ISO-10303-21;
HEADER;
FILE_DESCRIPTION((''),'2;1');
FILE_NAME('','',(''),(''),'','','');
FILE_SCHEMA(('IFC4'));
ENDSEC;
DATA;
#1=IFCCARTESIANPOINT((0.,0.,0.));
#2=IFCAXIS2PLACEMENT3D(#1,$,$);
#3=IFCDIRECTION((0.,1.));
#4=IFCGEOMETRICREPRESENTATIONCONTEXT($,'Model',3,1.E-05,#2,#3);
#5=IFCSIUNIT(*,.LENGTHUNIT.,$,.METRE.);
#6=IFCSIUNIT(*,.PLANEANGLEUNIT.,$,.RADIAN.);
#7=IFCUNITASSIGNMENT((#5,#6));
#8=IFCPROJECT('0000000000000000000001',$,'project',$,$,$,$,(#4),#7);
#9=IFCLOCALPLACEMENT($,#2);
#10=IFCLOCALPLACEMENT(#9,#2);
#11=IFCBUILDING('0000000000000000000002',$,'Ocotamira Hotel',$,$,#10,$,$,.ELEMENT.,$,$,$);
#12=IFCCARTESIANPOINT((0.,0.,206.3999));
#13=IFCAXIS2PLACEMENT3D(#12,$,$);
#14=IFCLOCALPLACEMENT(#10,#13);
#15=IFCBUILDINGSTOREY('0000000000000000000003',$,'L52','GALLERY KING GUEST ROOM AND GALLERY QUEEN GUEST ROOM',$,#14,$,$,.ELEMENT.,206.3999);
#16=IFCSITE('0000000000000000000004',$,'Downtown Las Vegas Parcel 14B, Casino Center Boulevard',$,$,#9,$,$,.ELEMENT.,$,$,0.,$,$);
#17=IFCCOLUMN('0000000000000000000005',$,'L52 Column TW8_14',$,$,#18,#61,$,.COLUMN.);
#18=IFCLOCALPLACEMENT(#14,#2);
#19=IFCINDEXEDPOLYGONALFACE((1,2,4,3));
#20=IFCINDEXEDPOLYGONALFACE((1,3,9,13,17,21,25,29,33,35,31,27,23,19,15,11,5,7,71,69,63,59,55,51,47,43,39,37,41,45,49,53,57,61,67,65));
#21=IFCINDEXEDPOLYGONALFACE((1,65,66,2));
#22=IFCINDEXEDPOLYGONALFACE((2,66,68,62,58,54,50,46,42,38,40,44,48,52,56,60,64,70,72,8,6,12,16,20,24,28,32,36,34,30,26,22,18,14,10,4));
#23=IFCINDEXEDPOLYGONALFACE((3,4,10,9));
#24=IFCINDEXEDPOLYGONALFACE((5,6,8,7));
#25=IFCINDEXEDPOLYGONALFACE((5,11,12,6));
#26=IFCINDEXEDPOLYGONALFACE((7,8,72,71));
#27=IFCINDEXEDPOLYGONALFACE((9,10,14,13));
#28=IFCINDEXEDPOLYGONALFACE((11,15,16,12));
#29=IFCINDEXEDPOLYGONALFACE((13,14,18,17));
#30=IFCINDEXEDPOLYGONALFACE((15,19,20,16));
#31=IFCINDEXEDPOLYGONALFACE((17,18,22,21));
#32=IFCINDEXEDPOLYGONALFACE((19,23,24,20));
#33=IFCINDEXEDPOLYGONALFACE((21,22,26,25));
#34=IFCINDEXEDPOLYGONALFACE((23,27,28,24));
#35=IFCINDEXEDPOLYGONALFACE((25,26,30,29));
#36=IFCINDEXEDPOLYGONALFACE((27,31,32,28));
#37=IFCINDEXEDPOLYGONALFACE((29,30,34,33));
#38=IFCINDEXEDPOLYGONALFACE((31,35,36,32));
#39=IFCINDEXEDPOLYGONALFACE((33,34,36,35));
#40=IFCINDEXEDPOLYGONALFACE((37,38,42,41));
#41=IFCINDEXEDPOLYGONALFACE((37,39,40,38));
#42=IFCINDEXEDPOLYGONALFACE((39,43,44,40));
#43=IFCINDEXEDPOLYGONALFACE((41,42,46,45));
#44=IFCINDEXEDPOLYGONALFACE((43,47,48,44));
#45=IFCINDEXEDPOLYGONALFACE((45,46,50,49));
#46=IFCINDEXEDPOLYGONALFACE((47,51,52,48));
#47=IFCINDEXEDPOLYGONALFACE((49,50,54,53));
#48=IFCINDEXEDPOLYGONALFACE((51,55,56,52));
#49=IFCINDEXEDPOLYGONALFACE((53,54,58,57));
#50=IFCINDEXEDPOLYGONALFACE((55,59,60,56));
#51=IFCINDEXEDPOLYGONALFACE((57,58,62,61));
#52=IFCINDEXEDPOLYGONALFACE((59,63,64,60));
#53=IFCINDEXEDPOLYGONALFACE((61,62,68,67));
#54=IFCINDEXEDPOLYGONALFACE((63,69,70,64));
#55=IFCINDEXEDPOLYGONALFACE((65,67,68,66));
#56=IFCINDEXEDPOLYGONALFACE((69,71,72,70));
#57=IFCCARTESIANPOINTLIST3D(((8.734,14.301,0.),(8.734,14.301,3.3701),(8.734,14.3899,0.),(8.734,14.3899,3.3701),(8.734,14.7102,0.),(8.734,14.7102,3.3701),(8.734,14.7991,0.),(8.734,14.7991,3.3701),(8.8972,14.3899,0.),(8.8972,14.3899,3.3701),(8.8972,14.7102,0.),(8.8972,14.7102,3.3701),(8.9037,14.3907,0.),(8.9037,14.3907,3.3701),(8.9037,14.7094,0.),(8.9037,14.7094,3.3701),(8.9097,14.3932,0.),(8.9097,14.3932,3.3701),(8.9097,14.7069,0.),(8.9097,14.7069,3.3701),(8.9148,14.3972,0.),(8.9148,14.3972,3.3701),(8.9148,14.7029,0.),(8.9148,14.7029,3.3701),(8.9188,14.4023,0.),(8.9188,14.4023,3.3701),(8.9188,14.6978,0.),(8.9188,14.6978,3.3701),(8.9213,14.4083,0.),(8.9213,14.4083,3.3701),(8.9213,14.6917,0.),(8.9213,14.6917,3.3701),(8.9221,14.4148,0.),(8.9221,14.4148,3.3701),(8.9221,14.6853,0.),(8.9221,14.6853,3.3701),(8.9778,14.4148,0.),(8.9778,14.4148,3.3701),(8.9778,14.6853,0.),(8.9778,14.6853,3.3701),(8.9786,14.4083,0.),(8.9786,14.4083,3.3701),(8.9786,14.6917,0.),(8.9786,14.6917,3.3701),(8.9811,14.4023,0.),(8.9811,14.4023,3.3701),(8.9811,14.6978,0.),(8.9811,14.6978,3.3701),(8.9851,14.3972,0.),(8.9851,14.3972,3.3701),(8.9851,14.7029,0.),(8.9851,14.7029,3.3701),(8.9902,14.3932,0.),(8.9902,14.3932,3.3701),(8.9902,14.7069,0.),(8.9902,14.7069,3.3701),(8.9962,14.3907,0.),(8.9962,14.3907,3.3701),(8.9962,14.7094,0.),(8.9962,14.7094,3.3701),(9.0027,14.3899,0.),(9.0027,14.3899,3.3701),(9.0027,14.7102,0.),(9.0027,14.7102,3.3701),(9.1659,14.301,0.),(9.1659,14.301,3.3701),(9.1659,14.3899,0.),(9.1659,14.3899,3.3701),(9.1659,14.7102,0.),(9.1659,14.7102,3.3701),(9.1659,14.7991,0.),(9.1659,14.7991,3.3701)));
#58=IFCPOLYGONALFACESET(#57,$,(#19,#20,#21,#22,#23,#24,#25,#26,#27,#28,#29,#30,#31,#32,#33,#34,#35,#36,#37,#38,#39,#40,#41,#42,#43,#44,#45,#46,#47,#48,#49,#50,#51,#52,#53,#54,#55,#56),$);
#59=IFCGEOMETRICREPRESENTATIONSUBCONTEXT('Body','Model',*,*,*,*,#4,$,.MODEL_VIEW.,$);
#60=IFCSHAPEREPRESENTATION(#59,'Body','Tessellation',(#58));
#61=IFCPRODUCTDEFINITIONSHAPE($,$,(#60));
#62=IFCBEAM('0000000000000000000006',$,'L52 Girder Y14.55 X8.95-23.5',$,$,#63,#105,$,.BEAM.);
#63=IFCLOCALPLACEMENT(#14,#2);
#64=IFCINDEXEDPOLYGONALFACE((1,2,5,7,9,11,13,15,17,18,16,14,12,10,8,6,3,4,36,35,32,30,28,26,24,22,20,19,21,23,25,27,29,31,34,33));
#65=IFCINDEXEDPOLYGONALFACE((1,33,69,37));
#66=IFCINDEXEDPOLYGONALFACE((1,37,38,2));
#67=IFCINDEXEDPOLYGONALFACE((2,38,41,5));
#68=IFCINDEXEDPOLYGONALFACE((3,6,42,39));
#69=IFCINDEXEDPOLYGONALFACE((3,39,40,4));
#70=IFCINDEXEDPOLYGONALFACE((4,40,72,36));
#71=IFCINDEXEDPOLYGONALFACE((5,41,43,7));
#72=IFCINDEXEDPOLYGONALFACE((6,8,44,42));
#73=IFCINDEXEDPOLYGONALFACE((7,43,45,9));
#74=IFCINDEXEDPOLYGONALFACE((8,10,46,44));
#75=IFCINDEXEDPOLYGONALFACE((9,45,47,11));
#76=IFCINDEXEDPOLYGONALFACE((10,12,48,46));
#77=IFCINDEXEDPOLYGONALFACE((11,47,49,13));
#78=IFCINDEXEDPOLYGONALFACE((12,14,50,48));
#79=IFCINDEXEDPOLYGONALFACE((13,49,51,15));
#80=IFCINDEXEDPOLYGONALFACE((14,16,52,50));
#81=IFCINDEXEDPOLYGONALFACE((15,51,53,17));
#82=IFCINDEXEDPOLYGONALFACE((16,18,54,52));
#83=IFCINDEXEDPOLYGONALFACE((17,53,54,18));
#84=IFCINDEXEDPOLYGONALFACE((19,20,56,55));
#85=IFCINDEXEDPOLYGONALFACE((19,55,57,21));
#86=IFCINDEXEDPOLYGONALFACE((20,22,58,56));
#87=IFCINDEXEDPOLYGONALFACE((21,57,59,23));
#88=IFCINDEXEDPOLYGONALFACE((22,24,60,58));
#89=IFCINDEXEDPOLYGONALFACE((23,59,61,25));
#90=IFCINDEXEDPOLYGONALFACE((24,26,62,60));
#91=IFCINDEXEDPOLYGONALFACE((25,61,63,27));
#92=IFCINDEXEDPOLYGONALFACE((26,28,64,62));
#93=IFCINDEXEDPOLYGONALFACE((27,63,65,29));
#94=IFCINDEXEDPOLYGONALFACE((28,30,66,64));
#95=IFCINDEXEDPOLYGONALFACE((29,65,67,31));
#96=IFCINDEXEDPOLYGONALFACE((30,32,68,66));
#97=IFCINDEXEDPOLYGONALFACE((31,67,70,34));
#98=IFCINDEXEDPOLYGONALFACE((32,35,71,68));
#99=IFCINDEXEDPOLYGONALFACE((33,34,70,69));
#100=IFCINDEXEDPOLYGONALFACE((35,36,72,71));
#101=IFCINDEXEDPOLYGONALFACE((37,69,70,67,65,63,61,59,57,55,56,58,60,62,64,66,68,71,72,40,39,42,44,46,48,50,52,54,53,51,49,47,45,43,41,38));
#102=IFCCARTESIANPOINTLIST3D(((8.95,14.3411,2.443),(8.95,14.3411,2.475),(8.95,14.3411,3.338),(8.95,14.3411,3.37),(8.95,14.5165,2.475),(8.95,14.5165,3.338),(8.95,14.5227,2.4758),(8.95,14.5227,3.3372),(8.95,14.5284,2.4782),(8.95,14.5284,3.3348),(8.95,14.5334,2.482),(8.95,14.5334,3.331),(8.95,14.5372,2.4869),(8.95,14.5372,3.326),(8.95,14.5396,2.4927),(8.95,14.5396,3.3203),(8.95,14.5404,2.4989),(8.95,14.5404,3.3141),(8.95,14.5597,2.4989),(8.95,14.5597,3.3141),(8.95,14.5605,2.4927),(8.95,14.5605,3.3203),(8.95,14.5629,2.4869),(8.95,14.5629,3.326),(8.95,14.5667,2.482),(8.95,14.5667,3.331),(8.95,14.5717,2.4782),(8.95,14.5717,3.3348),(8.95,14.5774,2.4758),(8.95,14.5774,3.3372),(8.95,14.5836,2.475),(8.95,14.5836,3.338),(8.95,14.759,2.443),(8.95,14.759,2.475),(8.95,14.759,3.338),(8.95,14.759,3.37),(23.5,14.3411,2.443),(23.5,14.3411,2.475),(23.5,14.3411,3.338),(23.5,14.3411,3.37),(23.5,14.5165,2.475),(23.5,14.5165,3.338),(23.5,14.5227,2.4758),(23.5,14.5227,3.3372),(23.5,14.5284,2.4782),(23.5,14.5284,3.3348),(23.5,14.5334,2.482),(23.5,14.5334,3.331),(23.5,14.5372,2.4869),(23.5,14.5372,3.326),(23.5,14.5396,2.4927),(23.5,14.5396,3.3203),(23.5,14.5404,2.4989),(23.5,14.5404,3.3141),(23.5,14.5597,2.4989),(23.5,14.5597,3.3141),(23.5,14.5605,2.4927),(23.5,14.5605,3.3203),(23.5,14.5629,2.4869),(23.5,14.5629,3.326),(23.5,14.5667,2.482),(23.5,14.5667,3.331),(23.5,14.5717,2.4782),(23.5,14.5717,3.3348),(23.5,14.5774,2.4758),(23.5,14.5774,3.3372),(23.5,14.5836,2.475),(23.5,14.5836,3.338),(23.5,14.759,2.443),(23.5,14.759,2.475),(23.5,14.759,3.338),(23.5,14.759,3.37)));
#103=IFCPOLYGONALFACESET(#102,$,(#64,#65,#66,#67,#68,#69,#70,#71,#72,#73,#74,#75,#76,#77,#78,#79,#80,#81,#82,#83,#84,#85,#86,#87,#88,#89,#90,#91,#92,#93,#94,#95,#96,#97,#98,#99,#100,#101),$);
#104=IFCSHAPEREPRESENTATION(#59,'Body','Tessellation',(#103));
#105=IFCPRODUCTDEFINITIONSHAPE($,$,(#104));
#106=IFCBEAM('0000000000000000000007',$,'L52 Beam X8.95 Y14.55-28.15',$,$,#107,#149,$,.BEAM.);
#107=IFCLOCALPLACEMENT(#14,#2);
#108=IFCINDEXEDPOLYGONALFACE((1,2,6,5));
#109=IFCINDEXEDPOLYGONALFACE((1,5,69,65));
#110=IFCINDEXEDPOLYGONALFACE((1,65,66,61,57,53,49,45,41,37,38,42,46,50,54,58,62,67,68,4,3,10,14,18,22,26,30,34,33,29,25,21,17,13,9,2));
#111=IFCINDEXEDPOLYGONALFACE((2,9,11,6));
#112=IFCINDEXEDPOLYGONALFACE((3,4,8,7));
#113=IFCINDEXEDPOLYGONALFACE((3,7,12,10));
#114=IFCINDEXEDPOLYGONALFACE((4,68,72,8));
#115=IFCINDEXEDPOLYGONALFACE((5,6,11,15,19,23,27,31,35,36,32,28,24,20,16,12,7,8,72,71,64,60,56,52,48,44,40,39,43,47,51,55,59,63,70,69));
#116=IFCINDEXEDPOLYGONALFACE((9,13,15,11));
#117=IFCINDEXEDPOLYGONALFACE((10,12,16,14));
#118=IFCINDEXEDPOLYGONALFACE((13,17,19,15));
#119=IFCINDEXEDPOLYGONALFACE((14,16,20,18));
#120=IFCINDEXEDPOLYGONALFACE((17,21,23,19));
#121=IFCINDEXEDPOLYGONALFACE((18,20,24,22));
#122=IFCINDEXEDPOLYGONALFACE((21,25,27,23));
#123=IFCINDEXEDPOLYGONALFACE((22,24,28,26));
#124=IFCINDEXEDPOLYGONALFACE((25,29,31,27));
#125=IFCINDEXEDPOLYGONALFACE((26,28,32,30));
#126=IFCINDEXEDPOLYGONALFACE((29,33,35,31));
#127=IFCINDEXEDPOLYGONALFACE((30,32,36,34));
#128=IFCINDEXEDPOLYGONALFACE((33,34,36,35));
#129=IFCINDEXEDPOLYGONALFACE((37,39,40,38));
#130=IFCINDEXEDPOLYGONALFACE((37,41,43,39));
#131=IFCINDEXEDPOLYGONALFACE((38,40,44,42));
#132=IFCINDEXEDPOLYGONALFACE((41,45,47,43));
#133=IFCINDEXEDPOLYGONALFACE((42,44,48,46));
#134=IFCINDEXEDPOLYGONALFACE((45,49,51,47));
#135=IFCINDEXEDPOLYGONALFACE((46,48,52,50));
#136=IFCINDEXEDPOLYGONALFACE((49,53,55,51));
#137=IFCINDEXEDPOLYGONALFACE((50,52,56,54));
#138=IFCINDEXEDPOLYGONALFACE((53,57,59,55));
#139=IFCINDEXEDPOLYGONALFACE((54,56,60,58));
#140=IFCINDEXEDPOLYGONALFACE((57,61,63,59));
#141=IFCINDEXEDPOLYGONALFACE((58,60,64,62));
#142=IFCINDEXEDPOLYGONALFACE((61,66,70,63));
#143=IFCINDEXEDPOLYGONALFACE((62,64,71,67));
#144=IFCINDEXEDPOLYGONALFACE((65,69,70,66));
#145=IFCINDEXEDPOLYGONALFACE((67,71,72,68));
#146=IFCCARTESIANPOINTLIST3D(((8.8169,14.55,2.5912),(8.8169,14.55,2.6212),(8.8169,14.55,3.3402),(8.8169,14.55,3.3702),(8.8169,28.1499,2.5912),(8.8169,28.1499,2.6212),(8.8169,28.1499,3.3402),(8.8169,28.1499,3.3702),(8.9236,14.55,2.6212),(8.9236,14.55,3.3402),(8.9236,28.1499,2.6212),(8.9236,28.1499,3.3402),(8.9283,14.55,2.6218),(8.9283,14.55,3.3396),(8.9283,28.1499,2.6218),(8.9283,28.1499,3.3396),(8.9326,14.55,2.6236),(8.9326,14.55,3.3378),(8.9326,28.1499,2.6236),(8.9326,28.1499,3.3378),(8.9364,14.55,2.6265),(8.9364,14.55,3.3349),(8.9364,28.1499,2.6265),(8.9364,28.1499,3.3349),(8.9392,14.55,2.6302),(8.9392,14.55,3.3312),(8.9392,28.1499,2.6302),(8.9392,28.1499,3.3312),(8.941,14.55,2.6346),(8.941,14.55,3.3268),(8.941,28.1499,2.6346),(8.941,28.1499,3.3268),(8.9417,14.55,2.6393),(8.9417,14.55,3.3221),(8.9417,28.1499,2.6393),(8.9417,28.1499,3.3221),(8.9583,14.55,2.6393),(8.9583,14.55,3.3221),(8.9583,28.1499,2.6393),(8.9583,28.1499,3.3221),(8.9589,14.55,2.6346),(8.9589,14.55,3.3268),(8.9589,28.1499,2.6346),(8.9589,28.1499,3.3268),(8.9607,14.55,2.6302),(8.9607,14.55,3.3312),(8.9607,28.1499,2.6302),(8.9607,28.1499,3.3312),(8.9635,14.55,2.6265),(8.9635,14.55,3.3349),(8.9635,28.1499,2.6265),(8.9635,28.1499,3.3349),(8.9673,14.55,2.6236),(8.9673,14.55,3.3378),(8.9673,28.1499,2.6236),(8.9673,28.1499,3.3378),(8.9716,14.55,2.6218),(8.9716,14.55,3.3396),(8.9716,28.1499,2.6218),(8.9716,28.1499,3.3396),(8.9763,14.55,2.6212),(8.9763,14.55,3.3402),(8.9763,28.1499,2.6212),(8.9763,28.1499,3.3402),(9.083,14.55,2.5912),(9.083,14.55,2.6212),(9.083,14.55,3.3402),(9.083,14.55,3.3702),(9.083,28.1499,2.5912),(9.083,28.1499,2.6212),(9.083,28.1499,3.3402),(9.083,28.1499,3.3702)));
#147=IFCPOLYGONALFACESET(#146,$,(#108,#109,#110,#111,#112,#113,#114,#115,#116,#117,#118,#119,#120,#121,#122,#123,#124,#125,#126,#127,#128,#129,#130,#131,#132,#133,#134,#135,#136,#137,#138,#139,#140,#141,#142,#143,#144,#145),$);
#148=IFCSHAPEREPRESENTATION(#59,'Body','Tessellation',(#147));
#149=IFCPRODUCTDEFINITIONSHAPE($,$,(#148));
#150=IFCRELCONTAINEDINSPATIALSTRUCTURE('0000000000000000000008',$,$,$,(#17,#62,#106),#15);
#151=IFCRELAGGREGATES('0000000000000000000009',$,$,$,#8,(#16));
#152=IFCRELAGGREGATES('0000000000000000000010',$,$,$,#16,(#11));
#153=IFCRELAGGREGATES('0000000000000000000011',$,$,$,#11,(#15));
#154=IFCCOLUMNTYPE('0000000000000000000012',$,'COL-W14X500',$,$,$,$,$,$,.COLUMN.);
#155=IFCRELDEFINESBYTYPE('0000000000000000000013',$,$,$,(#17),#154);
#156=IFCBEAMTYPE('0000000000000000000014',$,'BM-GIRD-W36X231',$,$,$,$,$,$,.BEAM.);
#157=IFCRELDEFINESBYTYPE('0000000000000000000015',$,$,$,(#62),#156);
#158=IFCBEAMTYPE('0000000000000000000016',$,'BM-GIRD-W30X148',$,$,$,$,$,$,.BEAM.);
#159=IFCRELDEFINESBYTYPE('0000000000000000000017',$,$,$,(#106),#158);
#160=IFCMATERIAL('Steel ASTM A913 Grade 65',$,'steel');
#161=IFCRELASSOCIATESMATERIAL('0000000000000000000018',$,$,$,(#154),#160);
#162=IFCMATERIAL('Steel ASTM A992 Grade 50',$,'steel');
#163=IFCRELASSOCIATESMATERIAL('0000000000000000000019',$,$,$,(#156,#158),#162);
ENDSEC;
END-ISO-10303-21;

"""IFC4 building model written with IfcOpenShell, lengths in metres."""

from ifc_helpers import new_model, si_unit, direction, frame, origin, origin_2d, place, context, subcontext, project, spatial, i_section, extrude, source, transform, mapped, material, material_profile, profile_set, type_object, element, save


model = new_model("IFC4")

# Units and contexts
model_context = context("Model", 3, precision=1e-05, world=origin(), true_north=direction((0.0, 1.0)))
body_context = subcontext(model_context, "Body", "Model", "MODEL_VIEW")
ifc_project = project(units=[si_unit("LENGTHUNIT", "METRE"), si_unit("PLANEANGLEUNIT", "RADIAN")], contexts=[model_context])

# Site, building, storey
site_placement = place(None, origin())
site = spatial("IfcSite", under=ifc_project, at=site_placement, Name="Downtown Las Vegas Parcel 14B, Casino Center Boulevard", CompositionType="ELEMENT", RefElevation=0.0)
building_placement = place(site_placement, origin())
building = spatial("IfcBuilding", under=site, at=building_placement, Name="Ocotamira Hotel", CompositionType="ELEMENT")
storey_placement = place(building_placement, frame((0.0, 0.0, 206.3999)))
storey = spatial("IfcBuildingStorey", under=building, at=storey_placement, Name="L52", Description="GALLERY KING GUEST ROOM AND GALLERY QUEEN GUEST ROOM", CompositionType="ELEMENT", Elevation=206.3999)

# Column
ifc_material_1 = material(Name="Steel ASTM A913 Grade 65", Category="steel")
ifc_material_profile_1 = material_profile(ifc_material_1, i_section(OverallWidth=0.4319, OverallDepth=0.498, WebThickness=0.0557, FlangeThickness=0.0889, FilletRadius=0.0249, at=origin_2d()), Name="W14X500")
ifc_profile_set_1 = profile_set([ifc_material_profile_1], Name="Steel ASTM A913 Grade 65")
column_type = type_object("IfcColumnType", Name="COL-W14X500", PredefinedType="COLUMN", material=ifc_profile_set_1)
shared_shape_1 = source(origin(), body_context, "Body", "SweptSolid", [
    extrude(i_section(OverallWidth=0.4319, OverallDepth=0.498, WebThickness=0.0557, FlangeThickness=0.0889, FilletRadius=0.0249, at=origin_2d()), origin(), (0.0, 0.0, 1.0), 3.3701),
])
column_placement = place(storey_placement, frame((8.95, 14.55, 0.0), z_axis=(0.0, 0.0, 1.0), x_axis=(1.0, 0.0, 0.0)))
element("IfcColumn", 1, at=column_placement, inside=storey, type_object=column_type, Name="L52 Column TW8_14", PredefinedType="COLUMN", context=body_context, shape_type="MappedRepresentation", body=[
    mapped(shared_shape_1, transform((0.0, 0.0, 0.0), scale=1.0)),
])

# Beams
ifc_material_2 = material(Name="Steel ASTM A992 Grade 50", Category="steel")
ifc_material_profile_2 = material_profile(ifc_material_2, i_section(OverallWidth=0.418, OverallDepth=0.927, WebThickness=0.0193, FlangeThickness=0.032, FilletRadius=0.0239, at=origin_2d()), Name="W36X231")
ifc_profile_set_2 = profile_set([ifc_material_profile_2], Name="Steel ASTM A992 Grade 50")
beam_type_1 = type_object("IfcBeamType", Name="BM-GIRD-W36X231", PredefinedType="BEAM", material=ifc_profile_set_2)
shared_shape_2 = source(origin(), body_context, "Body", "SweptSolid", [
    extrude(i_section(OverallWidth=0.418, OverallDepth=0.927, WebThickness=0.0193, FlangeThickness=0.032, FilletRadius=0.0239, at=origin_2d()), origin(), (0.0, 0.0, 1.0), 14.55),
])
beam_1_placement = place(storey_placement, frame((8.95, 14.55, 2.9065), z_axis=(1.0, 0.0, 0.0), x_axis=(0.0, 1.0, 0.0)))
element("IfcBeam", 2, at=beam_1_placement, inside=storey, type_object=beam_type_1, Name="L52 Girder Y14.55 X8.95-23.5", PredefinedType="BEAM", context=body_context, shape_type="MappedRepresentation", body=[
    mapped(shared_shape_2, transform((0.0, 0.0, 0.0), scale=1.0)),
])
ifc_material_profile_3 = material_profile(ifc_material_2, i_section(OverallWidth=0.2661, OverallDepth=0.7791, WebThickness=0.0166, FlangeThickness=0.03, FilletRadius=0.0181, at=origin_2d()), Name="W30X148")
ifc_profile_set_3 = profile_set([ifc_material_profile_3], Name="Steel ASTM A992 Grade 50")
beam_type_2 = type_object("IfcBeamType", Name="BM-GIRD-W30X148", PredefinedType="BEAM", material=ifc_profile_set_3)
shared_shape_3 = source(origin(), body_context, "Body", "SweptSolid", [
    extrude(i_section(OverallWidth=0.2661, OverallDepth=0.7791, WebThickness=0.0166, FlangeThickness=0.03, FilletRadius=0.0181, at=origin_2d()), origin(), (0.0, 0.0, 1.0), 13.5999),
])
beam_2_placement = place(storey_placement, frame((8.95, 14.55, 2.9807), z_axis=(0.0, 1.0, 0.0), x_axis=(-1.0, 0.0, 0.0)))
element("IfcBeam", 3, at=beam_2_placement, inside=storey, type_object=beam_type_2, Name="L52 Beam X8.95 Y14.55-28.15", PredefinedType="BEAM", context=body_context, shape_type="MappedRepresentation", body=[
    mapped(shared_shape_3, transform((0.0, 0.0, 0.0), scale=1.0)),
])

save(model, "model.ifc")
